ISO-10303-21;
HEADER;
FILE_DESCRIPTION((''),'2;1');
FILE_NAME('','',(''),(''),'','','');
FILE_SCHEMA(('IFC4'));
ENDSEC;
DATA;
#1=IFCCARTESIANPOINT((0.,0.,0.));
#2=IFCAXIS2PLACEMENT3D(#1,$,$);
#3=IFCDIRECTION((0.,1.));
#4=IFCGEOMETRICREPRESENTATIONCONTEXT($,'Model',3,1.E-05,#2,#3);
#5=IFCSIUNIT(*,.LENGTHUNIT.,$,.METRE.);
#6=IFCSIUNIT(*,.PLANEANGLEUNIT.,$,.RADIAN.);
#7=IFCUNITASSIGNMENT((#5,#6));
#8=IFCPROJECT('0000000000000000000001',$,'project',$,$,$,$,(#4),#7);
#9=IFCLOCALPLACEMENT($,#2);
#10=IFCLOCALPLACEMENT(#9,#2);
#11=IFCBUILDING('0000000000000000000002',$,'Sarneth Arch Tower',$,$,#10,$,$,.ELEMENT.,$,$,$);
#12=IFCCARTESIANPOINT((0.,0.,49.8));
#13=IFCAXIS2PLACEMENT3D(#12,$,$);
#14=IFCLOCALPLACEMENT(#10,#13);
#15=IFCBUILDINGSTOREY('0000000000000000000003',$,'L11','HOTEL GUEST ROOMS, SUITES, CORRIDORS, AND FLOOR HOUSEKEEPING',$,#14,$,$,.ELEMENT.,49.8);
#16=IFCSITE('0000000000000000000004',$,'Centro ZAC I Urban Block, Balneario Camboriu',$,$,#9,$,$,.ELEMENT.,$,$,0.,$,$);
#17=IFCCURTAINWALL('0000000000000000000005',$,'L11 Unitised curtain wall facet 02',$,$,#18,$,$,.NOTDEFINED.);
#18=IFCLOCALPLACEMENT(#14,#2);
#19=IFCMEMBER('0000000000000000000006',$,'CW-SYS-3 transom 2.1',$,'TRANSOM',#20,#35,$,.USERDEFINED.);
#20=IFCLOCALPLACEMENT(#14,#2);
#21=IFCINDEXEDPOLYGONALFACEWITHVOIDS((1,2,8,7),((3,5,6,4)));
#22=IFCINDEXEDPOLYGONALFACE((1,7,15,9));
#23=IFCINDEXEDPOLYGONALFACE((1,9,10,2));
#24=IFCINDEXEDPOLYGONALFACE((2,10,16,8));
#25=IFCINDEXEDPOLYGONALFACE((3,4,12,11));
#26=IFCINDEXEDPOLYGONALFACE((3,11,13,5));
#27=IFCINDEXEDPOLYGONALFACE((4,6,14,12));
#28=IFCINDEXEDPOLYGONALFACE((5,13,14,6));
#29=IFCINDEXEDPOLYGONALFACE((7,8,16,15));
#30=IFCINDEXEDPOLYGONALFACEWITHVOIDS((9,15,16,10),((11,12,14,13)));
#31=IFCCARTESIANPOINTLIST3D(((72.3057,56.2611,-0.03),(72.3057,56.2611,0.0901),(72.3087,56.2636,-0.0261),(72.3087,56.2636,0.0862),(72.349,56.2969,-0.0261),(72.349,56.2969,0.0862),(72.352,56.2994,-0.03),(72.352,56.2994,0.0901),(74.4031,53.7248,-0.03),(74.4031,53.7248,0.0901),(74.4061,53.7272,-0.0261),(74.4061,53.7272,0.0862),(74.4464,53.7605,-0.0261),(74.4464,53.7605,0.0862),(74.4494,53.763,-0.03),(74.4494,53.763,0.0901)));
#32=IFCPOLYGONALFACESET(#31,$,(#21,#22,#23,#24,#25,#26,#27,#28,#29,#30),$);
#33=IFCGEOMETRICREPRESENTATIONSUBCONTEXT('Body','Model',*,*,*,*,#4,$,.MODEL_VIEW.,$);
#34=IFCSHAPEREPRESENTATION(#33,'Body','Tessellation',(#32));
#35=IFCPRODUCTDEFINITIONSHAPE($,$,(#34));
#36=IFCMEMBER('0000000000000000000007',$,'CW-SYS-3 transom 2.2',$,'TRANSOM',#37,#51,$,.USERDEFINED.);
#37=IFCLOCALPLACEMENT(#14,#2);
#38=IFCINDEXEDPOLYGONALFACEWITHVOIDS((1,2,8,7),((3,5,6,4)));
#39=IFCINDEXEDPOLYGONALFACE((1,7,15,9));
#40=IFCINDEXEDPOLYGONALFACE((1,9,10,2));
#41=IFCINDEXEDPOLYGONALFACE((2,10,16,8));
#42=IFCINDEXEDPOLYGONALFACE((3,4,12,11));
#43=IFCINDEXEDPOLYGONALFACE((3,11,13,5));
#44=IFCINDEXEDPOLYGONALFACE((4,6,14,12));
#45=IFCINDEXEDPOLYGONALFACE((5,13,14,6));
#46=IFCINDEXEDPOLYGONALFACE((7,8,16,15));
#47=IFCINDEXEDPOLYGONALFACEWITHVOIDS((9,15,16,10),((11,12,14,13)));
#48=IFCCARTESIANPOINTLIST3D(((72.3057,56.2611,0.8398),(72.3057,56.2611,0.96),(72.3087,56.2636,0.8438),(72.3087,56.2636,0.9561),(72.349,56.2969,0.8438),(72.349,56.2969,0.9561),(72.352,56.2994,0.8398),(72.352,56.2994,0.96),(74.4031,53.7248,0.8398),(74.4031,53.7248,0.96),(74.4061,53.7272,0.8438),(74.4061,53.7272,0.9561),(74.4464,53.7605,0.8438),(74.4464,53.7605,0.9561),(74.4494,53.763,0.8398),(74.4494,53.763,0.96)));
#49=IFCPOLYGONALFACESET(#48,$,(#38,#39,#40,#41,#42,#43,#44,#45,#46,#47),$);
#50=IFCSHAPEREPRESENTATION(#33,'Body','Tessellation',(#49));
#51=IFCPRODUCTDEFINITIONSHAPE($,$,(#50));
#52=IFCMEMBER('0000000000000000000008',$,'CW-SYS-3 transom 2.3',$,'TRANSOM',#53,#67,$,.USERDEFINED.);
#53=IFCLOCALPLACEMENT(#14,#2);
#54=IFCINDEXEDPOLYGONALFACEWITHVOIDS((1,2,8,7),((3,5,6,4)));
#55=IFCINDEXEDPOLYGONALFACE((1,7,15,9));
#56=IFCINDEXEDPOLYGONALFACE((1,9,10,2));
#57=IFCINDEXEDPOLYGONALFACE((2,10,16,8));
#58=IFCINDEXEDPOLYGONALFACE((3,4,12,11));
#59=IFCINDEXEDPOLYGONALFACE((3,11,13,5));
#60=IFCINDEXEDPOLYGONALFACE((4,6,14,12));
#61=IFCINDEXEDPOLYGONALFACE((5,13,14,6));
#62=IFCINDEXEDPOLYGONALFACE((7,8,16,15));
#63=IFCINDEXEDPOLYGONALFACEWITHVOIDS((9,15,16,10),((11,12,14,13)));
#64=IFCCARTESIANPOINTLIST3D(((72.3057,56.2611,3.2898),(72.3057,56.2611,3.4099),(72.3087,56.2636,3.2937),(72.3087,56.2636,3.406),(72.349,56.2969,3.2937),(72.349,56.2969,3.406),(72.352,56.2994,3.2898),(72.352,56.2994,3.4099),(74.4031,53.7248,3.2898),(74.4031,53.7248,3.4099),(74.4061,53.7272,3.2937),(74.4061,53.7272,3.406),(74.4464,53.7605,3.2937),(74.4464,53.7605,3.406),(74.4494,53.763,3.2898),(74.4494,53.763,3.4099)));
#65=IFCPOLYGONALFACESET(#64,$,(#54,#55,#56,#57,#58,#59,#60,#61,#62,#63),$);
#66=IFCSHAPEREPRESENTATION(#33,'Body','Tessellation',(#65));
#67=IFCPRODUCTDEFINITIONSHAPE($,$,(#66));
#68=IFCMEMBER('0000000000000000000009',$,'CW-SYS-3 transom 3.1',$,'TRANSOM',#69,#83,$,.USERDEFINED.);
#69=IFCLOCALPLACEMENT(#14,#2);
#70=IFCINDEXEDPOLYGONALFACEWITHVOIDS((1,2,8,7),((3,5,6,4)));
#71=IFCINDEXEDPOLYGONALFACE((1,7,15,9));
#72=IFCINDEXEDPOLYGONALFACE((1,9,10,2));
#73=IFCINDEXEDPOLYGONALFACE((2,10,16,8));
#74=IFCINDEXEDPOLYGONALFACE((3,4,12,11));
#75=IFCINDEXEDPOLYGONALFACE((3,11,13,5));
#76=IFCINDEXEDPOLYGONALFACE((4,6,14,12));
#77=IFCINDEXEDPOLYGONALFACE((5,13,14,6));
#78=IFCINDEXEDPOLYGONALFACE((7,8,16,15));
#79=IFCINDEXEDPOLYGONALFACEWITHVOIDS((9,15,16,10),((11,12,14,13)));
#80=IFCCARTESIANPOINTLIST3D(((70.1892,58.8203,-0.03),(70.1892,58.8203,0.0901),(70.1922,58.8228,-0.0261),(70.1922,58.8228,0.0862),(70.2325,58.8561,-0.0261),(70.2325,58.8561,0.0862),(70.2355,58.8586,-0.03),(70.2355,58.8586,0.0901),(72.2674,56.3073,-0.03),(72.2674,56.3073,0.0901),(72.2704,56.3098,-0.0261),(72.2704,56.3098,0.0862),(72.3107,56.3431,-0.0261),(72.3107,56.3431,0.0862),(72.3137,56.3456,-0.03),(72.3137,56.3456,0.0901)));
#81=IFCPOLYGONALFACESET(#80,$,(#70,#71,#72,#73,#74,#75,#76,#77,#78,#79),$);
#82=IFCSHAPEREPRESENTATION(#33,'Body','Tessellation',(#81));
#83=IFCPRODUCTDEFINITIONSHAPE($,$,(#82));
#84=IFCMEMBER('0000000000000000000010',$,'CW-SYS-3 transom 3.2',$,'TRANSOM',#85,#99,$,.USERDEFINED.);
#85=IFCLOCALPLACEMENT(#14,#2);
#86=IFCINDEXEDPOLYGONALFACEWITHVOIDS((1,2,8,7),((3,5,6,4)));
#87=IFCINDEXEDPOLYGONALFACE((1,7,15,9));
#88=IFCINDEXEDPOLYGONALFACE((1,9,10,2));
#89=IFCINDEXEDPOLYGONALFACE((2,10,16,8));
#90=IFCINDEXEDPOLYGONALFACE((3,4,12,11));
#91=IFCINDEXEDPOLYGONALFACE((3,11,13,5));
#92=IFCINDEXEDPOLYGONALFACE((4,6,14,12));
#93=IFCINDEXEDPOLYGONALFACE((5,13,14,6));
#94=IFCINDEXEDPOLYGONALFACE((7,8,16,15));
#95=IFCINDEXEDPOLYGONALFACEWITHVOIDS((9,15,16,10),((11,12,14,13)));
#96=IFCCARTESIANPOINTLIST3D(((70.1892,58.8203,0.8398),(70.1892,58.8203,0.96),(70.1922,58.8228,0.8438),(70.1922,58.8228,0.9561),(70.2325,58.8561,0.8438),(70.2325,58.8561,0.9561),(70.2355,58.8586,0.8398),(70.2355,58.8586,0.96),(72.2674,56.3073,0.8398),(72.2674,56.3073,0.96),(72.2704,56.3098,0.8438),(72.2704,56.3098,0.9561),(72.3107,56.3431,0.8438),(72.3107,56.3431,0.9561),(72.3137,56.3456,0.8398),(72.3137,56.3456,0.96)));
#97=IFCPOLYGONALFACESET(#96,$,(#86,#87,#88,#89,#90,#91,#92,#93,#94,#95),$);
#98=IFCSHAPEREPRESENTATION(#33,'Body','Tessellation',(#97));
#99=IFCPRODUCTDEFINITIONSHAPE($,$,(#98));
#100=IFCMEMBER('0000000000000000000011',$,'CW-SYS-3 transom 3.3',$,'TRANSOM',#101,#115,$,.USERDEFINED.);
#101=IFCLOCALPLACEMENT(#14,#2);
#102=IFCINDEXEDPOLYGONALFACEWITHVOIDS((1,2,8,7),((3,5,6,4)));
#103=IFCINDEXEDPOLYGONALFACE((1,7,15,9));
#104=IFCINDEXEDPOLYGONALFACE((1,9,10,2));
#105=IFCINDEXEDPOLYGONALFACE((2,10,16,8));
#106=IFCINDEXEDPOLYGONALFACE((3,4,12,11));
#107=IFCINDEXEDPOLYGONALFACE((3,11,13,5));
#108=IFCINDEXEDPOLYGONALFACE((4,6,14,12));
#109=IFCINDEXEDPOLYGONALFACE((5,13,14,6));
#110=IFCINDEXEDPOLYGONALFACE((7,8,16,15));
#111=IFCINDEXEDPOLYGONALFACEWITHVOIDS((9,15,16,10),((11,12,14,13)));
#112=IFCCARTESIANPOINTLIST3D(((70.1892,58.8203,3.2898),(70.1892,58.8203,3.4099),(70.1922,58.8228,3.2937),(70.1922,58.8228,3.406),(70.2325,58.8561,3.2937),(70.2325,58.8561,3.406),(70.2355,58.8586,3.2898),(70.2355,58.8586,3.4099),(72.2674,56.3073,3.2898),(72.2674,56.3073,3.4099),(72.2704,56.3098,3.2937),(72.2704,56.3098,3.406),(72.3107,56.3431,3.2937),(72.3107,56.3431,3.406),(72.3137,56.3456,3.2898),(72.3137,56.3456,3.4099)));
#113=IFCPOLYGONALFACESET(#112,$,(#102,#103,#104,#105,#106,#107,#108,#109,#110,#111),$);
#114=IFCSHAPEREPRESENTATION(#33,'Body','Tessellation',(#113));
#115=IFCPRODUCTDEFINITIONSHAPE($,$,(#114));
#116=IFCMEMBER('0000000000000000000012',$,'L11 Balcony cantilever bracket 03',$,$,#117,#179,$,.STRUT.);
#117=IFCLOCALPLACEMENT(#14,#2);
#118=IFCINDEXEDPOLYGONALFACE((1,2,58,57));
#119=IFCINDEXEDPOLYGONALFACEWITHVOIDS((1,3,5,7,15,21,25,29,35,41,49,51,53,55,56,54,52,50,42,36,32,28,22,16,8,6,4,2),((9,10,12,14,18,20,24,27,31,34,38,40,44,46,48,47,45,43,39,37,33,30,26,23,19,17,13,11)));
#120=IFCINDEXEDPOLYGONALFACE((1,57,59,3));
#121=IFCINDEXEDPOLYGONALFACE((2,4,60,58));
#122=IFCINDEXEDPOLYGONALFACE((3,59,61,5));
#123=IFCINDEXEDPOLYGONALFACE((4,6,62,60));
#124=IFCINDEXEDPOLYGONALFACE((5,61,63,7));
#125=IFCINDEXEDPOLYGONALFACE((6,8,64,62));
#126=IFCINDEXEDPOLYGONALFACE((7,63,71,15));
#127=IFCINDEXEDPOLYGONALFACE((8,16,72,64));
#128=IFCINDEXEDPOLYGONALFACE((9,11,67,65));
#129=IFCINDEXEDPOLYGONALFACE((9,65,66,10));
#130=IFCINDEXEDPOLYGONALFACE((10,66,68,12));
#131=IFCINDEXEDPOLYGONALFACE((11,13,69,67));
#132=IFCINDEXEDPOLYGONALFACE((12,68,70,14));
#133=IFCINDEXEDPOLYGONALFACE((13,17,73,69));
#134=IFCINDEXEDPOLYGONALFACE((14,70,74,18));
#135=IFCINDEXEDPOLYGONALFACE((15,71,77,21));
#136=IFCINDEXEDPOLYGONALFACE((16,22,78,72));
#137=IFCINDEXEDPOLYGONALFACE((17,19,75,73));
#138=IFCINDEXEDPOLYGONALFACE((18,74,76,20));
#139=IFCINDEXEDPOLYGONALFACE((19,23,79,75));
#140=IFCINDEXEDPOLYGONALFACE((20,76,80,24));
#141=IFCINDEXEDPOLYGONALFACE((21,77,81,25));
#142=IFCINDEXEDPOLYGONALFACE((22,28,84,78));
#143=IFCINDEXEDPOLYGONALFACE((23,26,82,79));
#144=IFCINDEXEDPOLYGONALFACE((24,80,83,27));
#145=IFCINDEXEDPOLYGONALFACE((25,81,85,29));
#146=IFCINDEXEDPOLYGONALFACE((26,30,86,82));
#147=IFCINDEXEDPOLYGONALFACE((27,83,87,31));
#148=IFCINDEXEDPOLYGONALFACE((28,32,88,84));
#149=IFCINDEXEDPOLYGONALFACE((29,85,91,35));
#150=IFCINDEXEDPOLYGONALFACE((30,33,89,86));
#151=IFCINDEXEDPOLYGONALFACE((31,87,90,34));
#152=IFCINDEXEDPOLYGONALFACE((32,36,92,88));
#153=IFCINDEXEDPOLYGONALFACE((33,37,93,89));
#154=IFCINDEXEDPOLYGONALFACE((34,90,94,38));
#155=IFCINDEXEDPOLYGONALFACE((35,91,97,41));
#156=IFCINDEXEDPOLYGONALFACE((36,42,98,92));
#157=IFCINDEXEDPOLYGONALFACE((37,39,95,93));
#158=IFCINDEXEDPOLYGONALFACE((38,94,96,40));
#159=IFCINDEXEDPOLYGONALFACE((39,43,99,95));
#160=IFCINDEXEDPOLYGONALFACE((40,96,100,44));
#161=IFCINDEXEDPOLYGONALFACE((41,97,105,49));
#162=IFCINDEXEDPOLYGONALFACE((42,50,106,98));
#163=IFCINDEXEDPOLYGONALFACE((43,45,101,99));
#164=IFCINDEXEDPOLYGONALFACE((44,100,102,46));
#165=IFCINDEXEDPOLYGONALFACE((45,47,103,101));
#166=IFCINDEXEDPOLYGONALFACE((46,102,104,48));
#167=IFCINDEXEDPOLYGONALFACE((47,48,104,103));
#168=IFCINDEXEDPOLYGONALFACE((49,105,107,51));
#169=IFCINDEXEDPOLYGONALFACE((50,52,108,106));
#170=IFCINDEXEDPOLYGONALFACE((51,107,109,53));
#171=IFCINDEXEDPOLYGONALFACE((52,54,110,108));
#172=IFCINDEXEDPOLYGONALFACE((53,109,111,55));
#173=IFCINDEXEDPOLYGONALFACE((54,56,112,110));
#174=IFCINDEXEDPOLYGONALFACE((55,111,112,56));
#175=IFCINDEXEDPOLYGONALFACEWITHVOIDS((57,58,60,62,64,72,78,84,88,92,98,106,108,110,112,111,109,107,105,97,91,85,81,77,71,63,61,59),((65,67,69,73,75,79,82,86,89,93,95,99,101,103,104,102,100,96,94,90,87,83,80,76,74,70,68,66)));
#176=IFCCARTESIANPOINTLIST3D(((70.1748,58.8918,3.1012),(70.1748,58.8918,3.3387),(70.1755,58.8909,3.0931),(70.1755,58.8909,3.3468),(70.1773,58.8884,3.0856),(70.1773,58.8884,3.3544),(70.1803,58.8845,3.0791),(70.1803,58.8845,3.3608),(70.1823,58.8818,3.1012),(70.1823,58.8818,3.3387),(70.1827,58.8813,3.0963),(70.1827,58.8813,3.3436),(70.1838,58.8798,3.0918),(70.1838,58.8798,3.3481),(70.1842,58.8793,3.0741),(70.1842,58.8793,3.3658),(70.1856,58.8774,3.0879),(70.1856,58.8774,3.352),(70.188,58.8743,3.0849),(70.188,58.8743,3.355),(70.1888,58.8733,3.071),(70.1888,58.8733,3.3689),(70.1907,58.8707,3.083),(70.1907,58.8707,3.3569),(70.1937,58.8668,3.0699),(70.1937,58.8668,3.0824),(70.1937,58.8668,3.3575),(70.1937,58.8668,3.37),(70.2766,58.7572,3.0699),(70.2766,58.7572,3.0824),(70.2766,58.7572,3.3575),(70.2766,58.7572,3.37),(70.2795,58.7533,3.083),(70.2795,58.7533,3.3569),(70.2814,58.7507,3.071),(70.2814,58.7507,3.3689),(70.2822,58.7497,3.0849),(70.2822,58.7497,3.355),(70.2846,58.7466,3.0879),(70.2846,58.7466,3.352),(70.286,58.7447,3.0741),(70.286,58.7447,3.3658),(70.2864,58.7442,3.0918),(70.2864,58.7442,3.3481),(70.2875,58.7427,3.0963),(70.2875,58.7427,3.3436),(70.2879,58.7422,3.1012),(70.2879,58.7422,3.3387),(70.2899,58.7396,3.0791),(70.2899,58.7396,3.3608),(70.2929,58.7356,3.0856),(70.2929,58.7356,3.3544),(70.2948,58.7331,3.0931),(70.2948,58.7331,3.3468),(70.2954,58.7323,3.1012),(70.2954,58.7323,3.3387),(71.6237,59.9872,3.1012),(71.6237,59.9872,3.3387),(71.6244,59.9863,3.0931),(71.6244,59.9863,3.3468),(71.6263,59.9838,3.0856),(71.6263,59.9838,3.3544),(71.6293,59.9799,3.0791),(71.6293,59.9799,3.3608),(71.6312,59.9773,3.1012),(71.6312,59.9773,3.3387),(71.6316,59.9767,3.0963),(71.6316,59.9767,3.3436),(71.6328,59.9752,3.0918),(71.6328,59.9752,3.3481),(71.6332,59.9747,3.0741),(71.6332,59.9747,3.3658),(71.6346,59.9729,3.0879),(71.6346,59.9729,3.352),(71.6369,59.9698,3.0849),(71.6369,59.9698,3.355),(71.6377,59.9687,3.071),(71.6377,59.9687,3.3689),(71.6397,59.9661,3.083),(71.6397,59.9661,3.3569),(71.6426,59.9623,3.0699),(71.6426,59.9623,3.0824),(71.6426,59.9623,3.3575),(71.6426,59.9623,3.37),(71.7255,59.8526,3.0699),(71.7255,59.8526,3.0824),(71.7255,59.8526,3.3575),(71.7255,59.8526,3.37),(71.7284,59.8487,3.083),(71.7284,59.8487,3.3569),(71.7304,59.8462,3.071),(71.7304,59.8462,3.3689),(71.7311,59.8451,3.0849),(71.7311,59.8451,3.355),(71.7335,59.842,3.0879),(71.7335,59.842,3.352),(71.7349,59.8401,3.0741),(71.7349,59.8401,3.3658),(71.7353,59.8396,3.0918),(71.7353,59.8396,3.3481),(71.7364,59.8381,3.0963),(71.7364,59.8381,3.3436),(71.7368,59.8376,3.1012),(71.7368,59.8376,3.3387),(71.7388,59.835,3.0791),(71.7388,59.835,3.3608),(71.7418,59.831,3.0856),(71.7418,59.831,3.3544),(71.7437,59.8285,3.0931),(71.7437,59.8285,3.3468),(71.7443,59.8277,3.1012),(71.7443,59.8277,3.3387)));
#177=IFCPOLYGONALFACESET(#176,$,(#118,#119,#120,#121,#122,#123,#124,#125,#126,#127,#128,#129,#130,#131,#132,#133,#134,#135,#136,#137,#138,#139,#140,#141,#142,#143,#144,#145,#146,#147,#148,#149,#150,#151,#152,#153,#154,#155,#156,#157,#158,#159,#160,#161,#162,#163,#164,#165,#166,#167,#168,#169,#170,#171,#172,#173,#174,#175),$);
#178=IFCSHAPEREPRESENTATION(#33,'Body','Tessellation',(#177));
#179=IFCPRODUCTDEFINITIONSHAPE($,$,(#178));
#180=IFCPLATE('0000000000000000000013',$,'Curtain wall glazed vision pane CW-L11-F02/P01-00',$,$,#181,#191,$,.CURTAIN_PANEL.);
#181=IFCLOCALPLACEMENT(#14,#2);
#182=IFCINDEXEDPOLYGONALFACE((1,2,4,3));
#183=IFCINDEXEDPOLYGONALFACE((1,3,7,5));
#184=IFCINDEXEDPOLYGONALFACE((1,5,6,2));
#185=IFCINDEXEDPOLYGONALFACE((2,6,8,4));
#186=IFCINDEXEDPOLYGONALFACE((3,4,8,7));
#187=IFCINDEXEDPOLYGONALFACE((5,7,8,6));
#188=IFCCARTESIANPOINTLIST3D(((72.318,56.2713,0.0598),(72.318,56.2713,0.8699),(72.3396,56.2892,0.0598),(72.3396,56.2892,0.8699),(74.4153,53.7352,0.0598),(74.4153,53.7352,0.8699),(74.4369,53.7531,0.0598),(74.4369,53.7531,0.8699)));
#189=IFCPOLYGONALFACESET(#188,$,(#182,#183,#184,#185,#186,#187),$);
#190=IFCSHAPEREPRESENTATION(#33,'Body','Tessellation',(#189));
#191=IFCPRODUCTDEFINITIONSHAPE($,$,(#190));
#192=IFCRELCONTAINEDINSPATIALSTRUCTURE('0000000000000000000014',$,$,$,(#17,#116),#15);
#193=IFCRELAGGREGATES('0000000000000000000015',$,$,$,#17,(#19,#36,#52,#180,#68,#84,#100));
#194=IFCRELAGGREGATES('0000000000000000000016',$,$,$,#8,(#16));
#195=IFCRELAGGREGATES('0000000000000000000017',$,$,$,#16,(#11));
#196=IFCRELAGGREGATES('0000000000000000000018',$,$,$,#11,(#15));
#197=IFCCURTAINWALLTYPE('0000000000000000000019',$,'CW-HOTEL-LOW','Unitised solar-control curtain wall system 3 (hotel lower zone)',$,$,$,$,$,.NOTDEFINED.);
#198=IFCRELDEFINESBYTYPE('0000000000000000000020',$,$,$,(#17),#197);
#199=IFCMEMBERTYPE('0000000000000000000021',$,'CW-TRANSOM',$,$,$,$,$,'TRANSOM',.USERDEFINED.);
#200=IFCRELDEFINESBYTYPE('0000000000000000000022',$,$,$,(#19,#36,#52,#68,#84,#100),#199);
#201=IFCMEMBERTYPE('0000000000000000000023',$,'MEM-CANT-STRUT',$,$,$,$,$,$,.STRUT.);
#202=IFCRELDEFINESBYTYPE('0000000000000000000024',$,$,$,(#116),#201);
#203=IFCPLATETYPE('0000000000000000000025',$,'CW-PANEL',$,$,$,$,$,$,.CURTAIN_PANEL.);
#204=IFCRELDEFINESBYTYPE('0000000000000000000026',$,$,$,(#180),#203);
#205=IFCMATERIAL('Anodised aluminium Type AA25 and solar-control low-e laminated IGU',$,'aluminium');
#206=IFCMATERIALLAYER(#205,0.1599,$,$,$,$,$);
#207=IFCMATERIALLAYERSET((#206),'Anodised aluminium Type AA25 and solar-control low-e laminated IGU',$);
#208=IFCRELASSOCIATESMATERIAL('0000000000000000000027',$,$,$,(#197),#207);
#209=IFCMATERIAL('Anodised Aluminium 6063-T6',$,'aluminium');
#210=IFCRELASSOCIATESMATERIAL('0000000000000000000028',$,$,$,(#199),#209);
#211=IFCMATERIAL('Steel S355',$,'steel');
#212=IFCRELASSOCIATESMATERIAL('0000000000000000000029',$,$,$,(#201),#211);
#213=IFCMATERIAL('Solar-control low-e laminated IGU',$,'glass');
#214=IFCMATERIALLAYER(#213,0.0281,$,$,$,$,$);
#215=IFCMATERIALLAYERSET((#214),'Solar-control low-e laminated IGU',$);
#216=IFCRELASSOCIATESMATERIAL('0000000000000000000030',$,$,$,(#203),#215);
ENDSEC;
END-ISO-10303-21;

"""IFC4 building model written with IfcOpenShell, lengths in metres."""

from ifc_helpers import new_model, si_unit, direction, frame, origin, origin_2d, place, context, subcontext, project, spatial, rectangle, hollow_rectangle, extrude, material, layer, layer_set, material_profile, profile_set, type_object, element, aggregate, save


model = new_model("IFC4")

# Units and contexts
model_context = context("Model", 3, precision=1e-05, world=origin(), true_north=direction((0.0, 1.0)))
body_context = subcontext(model_context, "Body", "Model", "MODEL_VIEW")
ifc_project = project(units=[si_unit("LENGTHUNIT", "METRE"), si_unit("PLANEANGLEUNIT", "RADIAN")], contexts=[model_context])

# Site, building, storey
site_placement = place(None, origin())
site = spatial("IfcSite", under=ifc_project, at=site_placement, Name="Centro ZAC I Urban Block, Balneario Camboriu", CompositionType="ELEMENT", RefElevation=0.0)
building_placement = place(site_placement, origin())
building = spatial("IfcBuilding", under=site, at=building_placement, Name="Sarneth Arch Tower", CompositionType="ELEMENT")
storey_placement = place(building_placement, frame((0.0, 0.0, 49.8)))
storey = spatial("IfcBuildingStorey", under=building, at=storey_placement, Name="L11", Description="HOTEL GUEST ROOMS, SUITES, CORRIDORS, AND FLOOR HOUSEKEEPING", CompositionType="ELEMENT", Elevation=49.8)

# Curtain wall, members
ifc_material_1 = material(Name="Anodised aluminium Type AA25 and solar-control low-e laminated IGU", Category="aluminium")
ifc_layer_1 = layer(ifc_material_1, 0.1599)
ifc_layer_set_1 = layer_set([ifc_layer_1], Name="Anodised aluminium Type AA25 and solar-control low-e laminated IGU")
curtain_wall_type = type_object("IfcCurtainWallType", Name="CW-HOTEL-LOW", Description="Unitised solar-control curtain wall system 3 (hotel lower zone)", PredefinedType="NOTDEFINED", material=ifc_layer_set_1)
curtain_wall_placement = place(storey_placement, origin())
curtain_wall = element("IfcCurtainWall", 1, at=curtain_wall_placement, inside=storey, type_object=curtain_wall_type, Name="L11 Unitised curtain wall facet 02", PredefinedType="NOTDEFINED")
ifc_material_2 = material(Name="Anodised Aluminium 6063-T6", Category="aluminium")
ifc_material_profile_1 = material_profile(ifc_material_2, hollow_rectangle(XDim=0.0601, YDim=0.1201, WallThickness=0.0039, at=origin_2d()), Name="AL-TRAN-120x60x4")
ifc_profile_set_1 = profile_set([ifc_material_profile_1], Name="Anodised Aluminium 6063-T6")
member_type_1 = type_object("IfcMemberType", Name="CW-TRANSOM", ElementType="TRANSOM", PredefinedType="USERDEFINED", material=ifc_profile_set_1)
member_1_placement = place(storey_placement, frame((74.4263, 53.7439, 0.03), z_axis=(-0.637269, 0.770642, 0.0), x_axis=(-0.770642, -0.637269, 0.0)))
member_1 = element("IfcMember", 2, at=member_1_placement, type_object=member_type_1, Name="CW-SYS-3 transom 2.1", ObjectType="TRANSOM", PredefinedType="USERDEFINED", context=body_context, shape_type="SweptSolid", body=[
    extrude(hollow_rectangle(XDim=0.0601, YDim=0.1201, WallThickness=0.0039, at=origin_2d()), origin(), (0.0, 0.0, 1.0), 3.2913),
])
member_2_placement = place(storey_placement, frame((74.4263, 53.7439, 0.8999), z_axis=(-0.637269, 0.770642, 0.0), x_axis=(-0.770642, -0.637269, 0.0)))
member_2 = element("IfcMember", 3, at=member_2_placement, type_object=member_type_1, Name="CW-SYS-3 transom 2.2", ObjectType="TRANSOM", PredefinedType="USERDEFINED", context=body_context, shape_type="SweptSolid", body=[
    extrude(hollow_rectangle(XDim=0.0601, YDim=0.1201, WallThickness=0.0039, at=origin_2d()), origin(), (0.0, 0.0, 1.0), 3.2913),
])
member_3_placement = place(storey_placement, frame((74.4263, 53.7439, 3.3499), z_axis=(-0.637269, 0.770642, 0.0), x_axis=(-0.770642, -0.637269, 0.0)))
member_3 = element("IfcMember", 4, at=member_3_placement, type_object=member_type_1, Name="CW-SYS-3 transom 2.3", ObjectType="TRANSOM", PredefinedType="USERDEFINED", context=body_context, shape_type="SweptSolid", body=[
    extrude(hollow_rectangle(XDim=0.0601, YDim=0.1201, WallThickness=0.0039, at=origin_2d()), origin(), (0.0, 0.0, 1.0), 3.2913),
])
member_4_placement = place(storey_placement, frame((72.2905, 56.3264, 0.03), z_axis=(-0.637286, 0.770628, 0.0), x_axis=(-0.770628, -0.637286, 0.0)))
member_4 = element("IfcMember", 5, at=member_4_placement, type_object=member_type_1, Name="CW-SYS-3 transom 3.1", ObjectType="TRANSOM", PredefinedType="USERDEFINED", context=body_context, shape_type="SweptSolid", body=[
    extrude(hollow_rectangle(XDim=0.0601, YDim=0.1201, WallThickness=0.0039, at=origin_2d()), origin(), (0.0, 0.0, 1.0), 3.261),
])
member_5_placement = place(storey_placement, frame((72.2905, 56.3264, 0.8999), z_axis=(-0.637286, 0.770628, 0.0), x_axis=(-0.770628, -0.637286, 0.0)))
member_5 = element("IfcMember", 6, at=member_5_placement, type_object=member_type_1, Name="CW-SYS-3 transom 3.2", ObjectType="TRANSOM", PredefinedType="USERDEFINED", context=body_context, shape_type="SweptSolid", body=[
    extrude(hollow_rectangle(XDim=0.0601, YDim=0.1201, WallThickness=0.0039, at=origin_2d()), origin(), (0.0, 0.0, 1.0), 3.261),
])
member_6_placement = place(storey_placement, frame((72.2905, 56.3264, 3.3499), z_axis=(-0.637286, 0.770628, 0.0), x_axis=(-0.770628, -0.637286, 0.0)))
member_6 = element("IfcMember", 7, at=member_6_placement, type_object=member_type_1, Name="CW-SYS-3 transom 3.3", ObjectType="TRANSOM", PredefinedType="USERDEFINED", context=body_context, shape_type="SweptSolid", body=[
    extrude(hollow_rectangle(XDim=0.0601, YDim=0.1201, WallThickness=0.0039, at=origin_2d()), origin(), (0.0, 0.0, 1.0), 3.261),
])

# Member
ifc_material_3 = material(Name="Steel S355", Category="steel")
ifc_material_profile_2 = material_profile(ifc_material_3, hollow_rectangle(XDim=0.2, YDim=0.3, WallThickness=0.0125, InnerFilletRadius=0.0188, OuterFilletRadius=0.0312, at=origin_2d()), Name="RHS300x200x12.5")
ifc_profile_set_2 = profile_set([ifc_material_profile_2], Name="Steel S355")
member_type_2 = type_object("IfcMemberType", Name="MEM-CANT-STRUT", PredefinedType="STRUT", material=ifc_profile_set_2)
member_7_placement = place(storey_placement, frame((70.2351, 58.812, 3.22), z_axis=(0.797688, 0.603071, 0.0), x_axis=(-0.603071, 0.797688, 0.0)))
element("IfcMember", 8, at=member_7_placement, inside=storey, type_object=member_type_2, Name="L11 Balcony cantilever bracket 03", PredefinedType="STRUT", context=body_context, shape_type="SweptSolid", body=[
    extrude(hollow_rectangle(XDim=0.2, YDim=0.3, WallThickness=0.0125, InnerFilletRadius=0.0188, OuterFilletRadius=0.0312, at=origin_2d()), origin(), (0.0, 0.0, 1.0), 1.8164),
])

# Plate
ifc_material_4 = material(Name="Solar-control low-e laminated IGU", Category="glass")
ifc_layer_2 = layer(ifc_material_4, 0.0281)
ifc_layer_set_2 = layer_set([ifc_layer_2], Name="Solar-control low-e laminated IGU")
plate_type_1 = type_object("IfcPlateType", Name="CW-PANEL", PredefinedType="CURTAIN_PANEL", material=ifc_layer_set_2)
plate_1_placement = place(storey_placement, frame((73.3774, 55.0122, 0.0598), z_axis=(0.0, 0.0, 1.0), x_axis=(-0.637291, 0.770623, 0.0)))
plate_1 = element("IfcPlate", 9, at=plate_1_placement, type_object=plate_type_1, Name="Curtain wall glazed vision pane CW-L11-F02/P01-00", PredefinedType="CURTAIN_PANEL", context=body_context, shape_type="SweptSolid", body=[
    extrude(rectangle(XDim=3.291, YDim=0.0281, at=origin_2d()), origin(), (0.0, 0.0, 1.0), 0.8101),
])
aggregate(curtain_wall, [member_1, member_2, member_3, plate_1, member_4, member_5, member_6])

save(model, "model.ifc")
